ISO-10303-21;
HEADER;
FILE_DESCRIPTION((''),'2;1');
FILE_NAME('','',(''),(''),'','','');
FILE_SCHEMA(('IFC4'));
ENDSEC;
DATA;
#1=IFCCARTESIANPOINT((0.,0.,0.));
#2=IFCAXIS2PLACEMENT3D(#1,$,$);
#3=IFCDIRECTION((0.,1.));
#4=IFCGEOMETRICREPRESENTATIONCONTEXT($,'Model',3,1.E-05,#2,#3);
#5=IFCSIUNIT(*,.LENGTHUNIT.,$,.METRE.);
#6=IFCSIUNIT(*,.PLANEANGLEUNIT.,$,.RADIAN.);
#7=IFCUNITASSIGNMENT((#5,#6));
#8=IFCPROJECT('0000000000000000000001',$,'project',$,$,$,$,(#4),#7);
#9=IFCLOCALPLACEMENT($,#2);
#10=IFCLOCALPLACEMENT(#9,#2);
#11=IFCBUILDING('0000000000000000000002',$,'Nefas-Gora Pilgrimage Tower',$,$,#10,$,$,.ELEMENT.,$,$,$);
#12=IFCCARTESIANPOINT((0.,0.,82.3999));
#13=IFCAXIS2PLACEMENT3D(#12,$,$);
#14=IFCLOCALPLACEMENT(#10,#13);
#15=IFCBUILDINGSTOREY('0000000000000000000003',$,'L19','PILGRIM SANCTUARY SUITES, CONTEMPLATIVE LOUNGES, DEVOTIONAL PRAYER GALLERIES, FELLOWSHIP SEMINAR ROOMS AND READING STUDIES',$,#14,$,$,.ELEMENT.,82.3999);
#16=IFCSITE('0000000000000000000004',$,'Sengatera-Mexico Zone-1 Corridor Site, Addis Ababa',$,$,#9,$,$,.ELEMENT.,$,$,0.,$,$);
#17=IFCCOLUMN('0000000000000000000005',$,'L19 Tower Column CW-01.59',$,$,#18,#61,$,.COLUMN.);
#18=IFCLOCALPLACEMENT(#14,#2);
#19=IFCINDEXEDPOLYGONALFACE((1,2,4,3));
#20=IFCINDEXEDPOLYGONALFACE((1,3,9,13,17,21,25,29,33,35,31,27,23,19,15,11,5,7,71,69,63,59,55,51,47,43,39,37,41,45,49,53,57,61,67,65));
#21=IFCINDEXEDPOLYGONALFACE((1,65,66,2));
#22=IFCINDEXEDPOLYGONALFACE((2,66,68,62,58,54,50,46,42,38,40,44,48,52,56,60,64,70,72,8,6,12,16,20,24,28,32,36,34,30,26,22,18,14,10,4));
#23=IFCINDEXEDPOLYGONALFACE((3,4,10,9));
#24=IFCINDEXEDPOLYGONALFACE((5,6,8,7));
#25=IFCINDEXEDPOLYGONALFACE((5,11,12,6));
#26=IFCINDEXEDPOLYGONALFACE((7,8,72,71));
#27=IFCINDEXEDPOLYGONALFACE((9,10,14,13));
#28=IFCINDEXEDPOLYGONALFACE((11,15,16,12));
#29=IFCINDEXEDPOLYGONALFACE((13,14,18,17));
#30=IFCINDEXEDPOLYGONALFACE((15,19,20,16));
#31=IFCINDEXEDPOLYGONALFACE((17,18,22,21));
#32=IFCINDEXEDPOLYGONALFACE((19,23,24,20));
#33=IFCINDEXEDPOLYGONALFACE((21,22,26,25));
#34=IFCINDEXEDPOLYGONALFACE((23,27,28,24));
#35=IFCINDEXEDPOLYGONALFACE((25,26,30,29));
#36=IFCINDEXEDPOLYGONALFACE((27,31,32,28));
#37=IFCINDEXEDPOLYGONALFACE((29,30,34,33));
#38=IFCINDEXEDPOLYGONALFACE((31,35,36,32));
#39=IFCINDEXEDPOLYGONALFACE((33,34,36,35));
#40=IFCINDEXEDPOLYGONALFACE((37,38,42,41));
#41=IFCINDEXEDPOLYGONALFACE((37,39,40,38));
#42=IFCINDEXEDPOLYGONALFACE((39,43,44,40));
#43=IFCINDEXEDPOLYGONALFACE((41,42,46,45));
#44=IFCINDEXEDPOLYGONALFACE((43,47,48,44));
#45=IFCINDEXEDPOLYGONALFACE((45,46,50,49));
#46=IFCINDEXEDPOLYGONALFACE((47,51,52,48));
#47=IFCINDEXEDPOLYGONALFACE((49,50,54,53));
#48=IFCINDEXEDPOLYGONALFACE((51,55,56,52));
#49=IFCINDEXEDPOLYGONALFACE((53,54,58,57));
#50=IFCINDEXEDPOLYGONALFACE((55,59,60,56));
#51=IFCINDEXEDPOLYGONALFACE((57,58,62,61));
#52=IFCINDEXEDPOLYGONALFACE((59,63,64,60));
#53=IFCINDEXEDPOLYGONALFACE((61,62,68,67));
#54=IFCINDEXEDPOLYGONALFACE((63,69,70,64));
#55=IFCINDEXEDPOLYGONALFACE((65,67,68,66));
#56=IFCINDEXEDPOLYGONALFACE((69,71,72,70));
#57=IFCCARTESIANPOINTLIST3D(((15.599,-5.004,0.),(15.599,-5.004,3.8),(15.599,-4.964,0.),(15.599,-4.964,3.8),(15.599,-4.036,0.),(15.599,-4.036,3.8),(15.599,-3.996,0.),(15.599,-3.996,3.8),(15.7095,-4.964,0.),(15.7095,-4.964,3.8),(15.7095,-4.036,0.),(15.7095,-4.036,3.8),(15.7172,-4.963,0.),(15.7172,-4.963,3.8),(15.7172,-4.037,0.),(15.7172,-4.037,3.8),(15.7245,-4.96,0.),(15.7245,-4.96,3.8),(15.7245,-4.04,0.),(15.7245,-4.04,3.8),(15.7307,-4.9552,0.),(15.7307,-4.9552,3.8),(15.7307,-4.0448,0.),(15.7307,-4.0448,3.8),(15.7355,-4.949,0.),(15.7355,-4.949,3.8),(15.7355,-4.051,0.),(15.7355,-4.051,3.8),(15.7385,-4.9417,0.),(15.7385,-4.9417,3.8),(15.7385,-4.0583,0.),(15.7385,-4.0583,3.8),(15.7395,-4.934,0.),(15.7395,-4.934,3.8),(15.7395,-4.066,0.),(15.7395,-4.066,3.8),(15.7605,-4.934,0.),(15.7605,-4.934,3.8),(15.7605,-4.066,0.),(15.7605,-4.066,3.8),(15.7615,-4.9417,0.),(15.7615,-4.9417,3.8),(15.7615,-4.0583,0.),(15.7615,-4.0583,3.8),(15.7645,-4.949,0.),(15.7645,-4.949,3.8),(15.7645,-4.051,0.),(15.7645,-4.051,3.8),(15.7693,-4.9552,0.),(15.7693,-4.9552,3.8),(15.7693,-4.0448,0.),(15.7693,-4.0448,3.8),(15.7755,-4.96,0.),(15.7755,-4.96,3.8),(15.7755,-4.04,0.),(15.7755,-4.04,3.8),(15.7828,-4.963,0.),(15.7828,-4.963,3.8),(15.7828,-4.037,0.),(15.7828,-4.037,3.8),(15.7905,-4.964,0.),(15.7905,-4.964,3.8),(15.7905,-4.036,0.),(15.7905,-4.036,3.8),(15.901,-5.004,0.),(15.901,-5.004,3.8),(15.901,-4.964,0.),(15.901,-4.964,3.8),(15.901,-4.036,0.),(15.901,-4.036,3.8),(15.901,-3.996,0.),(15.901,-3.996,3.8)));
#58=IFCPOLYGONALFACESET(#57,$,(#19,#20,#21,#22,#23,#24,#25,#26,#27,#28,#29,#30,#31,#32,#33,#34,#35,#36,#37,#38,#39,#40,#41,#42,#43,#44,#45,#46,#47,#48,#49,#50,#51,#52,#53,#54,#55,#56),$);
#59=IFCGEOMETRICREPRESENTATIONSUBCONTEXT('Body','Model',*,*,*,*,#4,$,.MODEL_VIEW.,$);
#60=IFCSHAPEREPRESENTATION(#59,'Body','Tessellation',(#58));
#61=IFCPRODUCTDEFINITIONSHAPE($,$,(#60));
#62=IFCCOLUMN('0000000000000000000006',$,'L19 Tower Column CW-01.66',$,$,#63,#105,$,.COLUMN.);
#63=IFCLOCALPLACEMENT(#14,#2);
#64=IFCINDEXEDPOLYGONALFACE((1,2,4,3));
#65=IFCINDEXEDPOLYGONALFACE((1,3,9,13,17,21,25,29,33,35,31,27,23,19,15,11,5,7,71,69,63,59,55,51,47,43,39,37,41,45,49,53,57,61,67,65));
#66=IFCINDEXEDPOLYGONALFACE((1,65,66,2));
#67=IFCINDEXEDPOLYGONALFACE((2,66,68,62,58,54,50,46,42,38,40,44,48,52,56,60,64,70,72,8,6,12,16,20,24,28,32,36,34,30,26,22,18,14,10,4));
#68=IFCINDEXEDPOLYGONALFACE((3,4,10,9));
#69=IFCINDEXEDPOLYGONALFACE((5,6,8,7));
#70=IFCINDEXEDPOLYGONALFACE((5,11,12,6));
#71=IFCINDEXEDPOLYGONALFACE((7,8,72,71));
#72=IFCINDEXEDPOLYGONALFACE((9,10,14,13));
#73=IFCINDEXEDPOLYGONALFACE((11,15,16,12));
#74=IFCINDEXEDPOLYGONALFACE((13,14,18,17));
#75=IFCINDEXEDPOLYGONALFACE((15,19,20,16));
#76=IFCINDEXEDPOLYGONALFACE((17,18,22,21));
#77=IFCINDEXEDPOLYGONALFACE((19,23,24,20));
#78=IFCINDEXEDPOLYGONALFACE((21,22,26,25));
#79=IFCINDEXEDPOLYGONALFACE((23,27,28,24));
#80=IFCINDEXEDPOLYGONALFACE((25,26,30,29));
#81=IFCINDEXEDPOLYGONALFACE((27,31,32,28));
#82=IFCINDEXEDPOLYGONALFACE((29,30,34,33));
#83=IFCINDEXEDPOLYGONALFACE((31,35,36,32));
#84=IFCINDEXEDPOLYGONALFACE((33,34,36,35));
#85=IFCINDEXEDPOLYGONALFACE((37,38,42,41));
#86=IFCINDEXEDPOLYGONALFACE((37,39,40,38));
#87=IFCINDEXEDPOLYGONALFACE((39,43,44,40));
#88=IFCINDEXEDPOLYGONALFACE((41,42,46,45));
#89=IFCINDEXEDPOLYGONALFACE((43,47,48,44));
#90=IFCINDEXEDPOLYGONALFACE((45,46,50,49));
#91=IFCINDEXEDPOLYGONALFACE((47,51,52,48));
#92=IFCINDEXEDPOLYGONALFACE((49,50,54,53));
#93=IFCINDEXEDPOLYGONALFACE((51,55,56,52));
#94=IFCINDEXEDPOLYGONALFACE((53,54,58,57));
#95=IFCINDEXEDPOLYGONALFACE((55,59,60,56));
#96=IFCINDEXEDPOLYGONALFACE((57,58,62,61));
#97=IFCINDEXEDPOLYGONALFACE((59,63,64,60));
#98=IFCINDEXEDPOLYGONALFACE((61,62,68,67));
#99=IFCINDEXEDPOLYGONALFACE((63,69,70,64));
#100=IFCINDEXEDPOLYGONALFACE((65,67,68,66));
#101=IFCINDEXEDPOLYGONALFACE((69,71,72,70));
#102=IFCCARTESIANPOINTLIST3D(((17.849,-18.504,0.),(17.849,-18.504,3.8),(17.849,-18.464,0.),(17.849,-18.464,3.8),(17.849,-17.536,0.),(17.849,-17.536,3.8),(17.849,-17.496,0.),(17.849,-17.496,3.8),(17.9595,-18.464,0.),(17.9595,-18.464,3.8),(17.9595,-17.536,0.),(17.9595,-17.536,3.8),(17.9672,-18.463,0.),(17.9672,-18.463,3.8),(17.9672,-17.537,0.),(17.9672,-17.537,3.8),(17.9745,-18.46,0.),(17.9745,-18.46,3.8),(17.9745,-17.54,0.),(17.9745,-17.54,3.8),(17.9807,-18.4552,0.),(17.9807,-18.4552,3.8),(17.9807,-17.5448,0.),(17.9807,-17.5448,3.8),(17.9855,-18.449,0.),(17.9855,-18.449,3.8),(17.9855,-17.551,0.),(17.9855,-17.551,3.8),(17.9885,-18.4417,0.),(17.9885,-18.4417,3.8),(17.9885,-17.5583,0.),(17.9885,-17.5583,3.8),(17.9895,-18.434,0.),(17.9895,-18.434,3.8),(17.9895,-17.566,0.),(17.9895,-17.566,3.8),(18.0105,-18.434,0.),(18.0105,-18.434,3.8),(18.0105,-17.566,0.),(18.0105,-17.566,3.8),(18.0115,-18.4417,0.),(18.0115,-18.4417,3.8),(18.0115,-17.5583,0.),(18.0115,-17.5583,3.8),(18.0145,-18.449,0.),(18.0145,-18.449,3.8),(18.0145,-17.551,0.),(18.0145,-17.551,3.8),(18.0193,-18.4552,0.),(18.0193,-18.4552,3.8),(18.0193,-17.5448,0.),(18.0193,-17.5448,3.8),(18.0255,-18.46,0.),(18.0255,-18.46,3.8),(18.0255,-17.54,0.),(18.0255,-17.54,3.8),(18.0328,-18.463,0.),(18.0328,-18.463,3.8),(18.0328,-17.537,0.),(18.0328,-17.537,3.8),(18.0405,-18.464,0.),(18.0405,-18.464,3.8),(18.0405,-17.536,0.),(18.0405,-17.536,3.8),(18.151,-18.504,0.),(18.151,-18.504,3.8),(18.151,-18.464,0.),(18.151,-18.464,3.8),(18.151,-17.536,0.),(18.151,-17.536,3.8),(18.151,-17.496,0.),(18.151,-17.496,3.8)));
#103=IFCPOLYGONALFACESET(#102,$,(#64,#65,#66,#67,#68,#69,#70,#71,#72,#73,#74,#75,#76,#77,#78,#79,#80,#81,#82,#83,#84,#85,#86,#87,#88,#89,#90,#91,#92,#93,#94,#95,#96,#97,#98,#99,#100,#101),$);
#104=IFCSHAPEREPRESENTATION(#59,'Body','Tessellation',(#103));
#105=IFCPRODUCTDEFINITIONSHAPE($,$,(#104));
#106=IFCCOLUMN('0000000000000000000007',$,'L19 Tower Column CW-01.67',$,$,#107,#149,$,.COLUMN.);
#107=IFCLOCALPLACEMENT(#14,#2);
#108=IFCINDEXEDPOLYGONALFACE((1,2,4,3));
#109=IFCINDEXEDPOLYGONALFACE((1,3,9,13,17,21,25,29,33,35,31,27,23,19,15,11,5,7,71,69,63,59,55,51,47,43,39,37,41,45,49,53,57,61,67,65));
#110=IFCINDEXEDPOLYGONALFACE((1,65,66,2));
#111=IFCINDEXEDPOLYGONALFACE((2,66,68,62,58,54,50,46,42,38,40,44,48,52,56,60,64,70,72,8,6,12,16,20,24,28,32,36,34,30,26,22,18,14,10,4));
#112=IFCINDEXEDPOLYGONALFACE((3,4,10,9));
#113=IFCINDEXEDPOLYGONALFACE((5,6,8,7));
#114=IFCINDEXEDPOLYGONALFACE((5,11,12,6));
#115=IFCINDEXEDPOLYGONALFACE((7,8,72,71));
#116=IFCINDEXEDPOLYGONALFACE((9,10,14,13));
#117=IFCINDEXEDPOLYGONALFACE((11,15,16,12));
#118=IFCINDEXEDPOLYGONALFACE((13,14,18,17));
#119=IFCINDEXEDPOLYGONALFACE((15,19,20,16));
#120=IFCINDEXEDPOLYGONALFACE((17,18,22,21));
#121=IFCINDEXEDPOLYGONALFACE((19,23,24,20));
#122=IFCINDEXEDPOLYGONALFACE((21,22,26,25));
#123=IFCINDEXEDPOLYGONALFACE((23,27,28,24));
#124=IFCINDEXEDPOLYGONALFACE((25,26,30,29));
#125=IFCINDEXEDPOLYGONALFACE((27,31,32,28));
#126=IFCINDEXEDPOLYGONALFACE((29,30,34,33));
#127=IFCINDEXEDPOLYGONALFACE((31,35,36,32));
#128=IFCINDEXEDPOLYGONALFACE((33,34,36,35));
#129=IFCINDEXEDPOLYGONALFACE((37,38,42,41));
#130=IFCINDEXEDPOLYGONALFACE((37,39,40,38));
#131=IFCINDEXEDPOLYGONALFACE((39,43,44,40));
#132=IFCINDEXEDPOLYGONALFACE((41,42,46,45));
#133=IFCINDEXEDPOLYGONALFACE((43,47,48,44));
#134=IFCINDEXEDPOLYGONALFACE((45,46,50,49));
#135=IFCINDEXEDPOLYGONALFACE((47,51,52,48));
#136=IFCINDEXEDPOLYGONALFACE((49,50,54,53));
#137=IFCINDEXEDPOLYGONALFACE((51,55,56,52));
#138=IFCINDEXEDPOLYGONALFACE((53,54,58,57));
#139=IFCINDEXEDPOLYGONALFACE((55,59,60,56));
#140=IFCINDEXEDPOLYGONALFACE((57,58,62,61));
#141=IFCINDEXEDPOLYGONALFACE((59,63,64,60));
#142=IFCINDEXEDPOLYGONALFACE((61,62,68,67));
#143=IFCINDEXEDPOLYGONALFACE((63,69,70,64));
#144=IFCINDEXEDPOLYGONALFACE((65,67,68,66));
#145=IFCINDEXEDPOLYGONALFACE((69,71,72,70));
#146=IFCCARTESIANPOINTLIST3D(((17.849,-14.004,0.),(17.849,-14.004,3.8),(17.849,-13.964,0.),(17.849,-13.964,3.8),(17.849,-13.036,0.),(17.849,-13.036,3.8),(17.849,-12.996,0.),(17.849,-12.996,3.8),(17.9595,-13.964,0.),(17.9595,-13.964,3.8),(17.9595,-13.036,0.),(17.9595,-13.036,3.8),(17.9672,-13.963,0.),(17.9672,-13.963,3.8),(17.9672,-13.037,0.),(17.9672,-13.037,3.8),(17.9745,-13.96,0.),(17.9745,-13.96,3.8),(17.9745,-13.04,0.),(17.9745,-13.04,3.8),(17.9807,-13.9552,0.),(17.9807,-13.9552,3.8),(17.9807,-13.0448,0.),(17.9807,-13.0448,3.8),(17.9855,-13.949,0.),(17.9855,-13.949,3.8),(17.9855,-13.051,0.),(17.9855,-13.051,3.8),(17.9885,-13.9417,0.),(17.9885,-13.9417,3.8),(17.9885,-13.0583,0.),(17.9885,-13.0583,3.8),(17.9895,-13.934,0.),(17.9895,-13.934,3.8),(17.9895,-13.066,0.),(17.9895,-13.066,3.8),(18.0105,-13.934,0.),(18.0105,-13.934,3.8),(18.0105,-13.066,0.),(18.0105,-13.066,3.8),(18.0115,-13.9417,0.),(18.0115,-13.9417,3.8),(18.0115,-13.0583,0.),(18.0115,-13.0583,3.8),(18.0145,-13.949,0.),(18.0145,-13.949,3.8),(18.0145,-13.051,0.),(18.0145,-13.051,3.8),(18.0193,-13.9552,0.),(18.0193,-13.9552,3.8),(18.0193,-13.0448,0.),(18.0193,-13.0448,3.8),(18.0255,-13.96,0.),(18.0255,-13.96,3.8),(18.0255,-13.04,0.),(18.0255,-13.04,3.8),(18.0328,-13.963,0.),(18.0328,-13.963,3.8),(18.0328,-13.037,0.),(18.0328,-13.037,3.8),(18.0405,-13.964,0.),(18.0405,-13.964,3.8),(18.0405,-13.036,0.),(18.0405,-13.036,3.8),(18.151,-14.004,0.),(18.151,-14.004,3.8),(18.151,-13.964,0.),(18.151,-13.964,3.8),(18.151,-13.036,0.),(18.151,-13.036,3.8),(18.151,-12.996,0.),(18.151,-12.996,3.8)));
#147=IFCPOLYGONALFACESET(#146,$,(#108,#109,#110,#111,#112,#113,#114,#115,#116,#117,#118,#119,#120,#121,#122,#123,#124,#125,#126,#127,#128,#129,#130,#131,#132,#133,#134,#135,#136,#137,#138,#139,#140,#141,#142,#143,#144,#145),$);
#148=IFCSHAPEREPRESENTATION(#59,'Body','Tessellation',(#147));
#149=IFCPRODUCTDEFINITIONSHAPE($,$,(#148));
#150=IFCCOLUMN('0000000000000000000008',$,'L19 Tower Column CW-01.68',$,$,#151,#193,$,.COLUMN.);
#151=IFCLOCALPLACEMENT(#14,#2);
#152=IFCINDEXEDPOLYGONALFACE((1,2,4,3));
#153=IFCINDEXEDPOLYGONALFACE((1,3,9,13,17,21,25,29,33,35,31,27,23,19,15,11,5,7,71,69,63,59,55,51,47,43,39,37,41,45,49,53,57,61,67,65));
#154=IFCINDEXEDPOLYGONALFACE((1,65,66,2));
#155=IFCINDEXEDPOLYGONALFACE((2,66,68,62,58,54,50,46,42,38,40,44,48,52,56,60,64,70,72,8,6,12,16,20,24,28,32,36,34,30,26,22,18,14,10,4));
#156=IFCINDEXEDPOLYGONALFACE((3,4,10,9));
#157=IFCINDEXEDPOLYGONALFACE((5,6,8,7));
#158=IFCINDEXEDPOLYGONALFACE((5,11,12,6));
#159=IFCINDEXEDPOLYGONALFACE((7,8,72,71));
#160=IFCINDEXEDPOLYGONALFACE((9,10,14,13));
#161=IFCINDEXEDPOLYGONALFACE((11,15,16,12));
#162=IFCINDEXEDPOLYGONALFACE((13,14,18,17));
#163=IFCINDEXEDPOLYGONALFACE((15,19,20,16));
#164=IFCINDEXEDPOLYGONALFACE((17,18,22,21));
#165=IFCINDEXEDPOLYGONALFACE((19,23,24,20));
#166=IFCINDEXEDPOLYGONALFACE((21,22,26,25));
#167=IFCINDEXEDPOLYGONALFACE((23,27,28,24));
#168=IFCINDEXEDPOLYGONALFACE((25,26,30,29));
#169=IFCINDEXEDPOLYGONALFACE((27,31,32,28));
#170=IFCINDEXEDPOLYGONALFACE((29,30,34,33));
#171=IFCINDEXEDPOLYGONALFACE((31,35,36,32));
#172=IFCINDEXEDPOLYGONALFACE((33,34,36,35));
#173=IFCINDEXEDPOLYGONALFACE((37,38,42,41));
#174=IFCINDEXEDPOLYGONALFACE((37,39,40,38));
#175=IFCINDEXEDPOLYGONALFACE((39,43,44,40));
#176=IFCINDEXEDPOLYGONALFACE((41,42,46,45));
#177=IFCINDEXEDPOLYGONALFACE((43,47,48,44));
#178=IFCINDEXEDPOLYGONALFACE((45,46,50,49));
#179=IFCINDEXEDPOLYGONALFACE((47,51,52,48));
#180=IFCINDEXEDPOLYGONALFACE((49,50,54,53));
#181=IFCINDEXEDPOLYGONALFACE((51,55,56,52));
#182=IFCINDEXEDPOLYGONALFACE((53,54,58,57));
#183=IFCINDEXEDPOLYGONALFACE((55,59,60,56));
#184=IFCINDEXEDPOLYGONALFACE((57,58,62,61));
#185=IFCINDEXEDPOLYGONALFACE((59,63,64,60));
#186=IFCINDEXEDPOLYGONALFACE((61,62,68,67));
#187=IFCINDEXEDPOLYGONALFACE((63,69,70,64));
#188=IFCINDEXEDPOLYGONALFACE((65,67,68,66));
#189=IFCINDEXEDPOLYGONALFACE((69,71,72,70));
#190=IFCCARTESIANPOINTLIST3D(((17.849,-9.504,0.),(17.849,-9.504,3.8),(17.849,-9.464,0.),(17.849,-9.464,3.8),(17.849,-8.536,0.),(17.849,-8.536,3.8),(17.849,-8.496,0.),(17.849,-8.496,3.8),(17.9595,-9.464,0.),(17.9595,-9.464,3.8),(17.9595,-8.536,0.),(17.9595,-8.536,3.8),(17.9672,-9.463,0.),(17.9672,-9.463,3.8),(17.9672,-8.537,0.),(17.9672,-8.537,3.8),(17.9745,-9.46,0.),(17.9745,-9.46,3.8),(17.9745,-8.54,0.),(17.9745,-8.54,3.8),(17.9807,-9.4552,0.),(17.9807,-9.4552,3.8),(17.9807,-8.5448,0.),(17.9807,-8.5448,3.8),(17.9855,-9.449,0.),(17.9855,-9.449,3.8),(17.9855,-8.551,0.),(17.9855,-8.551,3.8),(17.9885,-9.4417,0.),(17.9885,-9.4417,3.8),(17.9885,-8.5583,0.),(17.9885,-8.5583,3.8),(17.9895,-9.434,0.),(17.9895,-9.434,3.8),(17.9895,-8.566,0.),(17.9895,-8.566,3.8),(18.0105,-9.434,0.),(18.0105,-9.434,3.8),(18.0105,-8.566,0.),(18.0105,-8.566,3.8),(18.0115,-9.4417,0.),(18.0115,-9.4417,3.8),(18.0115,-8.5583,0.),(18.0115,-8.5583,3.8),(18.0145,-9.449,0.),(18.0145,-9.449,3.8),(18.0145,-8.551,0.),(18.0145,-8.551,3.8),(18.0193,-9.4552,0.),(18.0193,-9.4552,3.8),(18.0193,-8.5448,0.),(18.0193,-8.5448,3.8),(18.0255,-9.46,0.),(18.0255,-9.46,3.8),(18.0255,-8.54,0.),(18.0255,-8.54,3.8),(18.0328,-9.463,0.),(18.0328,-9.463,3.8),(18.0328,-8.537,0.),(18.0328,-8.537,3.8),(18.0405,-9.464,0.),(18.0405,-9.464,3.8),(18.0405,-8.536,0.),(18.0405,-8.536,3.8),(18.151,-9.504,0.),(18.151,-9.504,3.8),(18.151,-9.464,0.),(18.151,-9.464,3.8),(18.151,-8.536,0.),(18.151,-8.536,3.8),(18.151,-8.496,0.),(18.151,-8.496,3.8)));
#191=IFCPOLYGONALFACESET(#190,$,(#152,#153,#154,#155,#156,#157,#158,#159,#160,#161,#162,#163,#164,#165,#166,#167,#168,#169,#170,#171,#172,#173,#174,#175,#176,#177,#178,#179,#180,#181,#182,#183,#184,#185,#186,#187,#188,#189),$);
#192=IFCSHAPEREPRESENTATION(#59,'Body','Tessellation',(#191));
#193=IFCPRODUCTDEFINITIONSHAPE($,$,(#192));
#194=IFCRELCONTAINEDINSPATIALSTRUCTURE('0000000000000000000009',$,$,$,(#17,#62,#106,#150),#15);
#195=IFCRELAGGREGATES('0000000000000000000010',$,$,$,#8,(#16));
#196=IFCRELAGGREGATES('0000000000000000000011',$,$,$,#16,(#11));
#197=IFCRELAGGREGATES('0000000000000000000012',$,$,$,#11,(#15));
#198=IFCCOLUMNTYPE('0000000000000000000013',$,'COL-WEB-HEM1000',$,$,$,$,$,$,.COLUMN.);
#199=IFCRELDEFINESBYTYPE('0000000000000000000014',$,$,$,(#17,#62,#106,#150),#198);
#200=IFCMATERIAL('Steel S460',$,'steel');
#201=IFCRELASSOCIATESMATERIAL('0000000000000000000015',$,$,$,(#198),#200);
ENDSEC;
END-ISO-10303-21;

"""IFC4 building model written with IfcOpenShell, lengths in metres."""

from ifc_helpers import new_model, si_unit, direction, frame, origin, origin_2d, place, context, subcontext, project, spatial, i_section, extrude, source, transform, mapped, material, material_profile, profile_set, type_object, element, save


model = new_model("IFC4")

# Units and contexts
model_context = context("Model", 3, precision=1e-05, world=origin(), true_north=direction((0.0, 1.0)))
body_context = subcontext(model_context, "Body", "Model", "MODEL_VIEW")
ifc_project = project(units=[si_unit("LENGTHUNIT", "METRE"), si_unit("PLANEANGLEUNIT", "RADIAN")], contexts=[model_context])

# Site, building, storey
site_placement = place(None, origin())
site = spatial("IfcSite", under=ifc_project, at=site_placement, Name="Sengatera-Mexico Zone-1 Corridor Site, Addis Ababa", CompositionType="ELEMENT", RefElevation=0.0)
building_placement = place(site_placement, origin())
building = spatial("IfcBuilding", under=site, at=building_placement, Name="Nefas-Gora Pilgrimage Tower", CompositionType="ELEMENT")
storey_placement = place(building_placement, frame((0.0, 0.0, 82.3999)))
storey = spatial("IfcBuildingStorey", under=building, at=storey_placement, Name="L19", Description="PILGRIM SANCTUARY SUITES, CONTEMPLATIVE LOUNGES, DEVOTIONAL PRAYER GALLERIES, FELLOWSHIP SEMINAR ROOMS AND READING STUDIES", CompositionType="ELEMENT", Elevation=82.3999)

# Columns
ifc_material_1 = material(Name="Steel S460", Category="steel")
ifc_material_profile_1 = material_profile(ifc_material_1, i_section(OverallWidth=0.302, OverallDepth=1.0081, WebThickness=0.021, FlangeThickness=0.04, FilletRadius=0.03, at=origin_2d()), Name="HEM 1000")
ifc_profile_set_1 = profile_set([ifc_material_profile_1], Name="Steel S460")
column_type_1 = type_object("IfcColumnType", Name="COL-WEB-HEM1000", PredefinedType="COLUMN", material=ifc_profile_set_1)
shared_shape_1 = source(origin(), body_context, "Body", "SweptSolid", [
    extrude(i_section(OverallWidth=0.302, OverallDepth=1.0081, WebThickness=0.021, FlangeThickness=0.04, FilletRadius=0.03, at=origin_2d()), origin(), (0.0, 0.0, 1.0), 3.8),
])
for number, where, z_axis, x_axis, name in (
    (1, (15.75, -4.5, 0.0), (0.0, 0.0, 1.0), (1.0, 0.0, 0.0), "L19 Tower Column CW-01.59"),
    (2, (18.0, -18.0, 0.0), (0.0, 0.0, 1.0), (1.0, 0.0, 0.0), "L19 Tower Column CW-01.66"),
    (3, (18.0, -13.5, 0.0), (0.0, 0.0, 1.0), (1.0, 0.0, 0.0), "L19 Tower Column CW-01.67"),
    (4, (18.0, -9.0, 0.0), (0.0, 0.0, 1.0), (1.0, 0.0, 0.0), "L19 Tower Column CW-01.68"),
):
    element("IfcColumn", number, at=place(storey_placement, frame(where, z_axis=z_axis, x_axis=x_axis)), inside=storey, type_object=column_type_1, Name=name, PredefinedType="COLUMN", context=body_context, shape_type="MappedRepresentation", body=[
        mapped(shared_shape_1, transform((0.0, 0.0, 0.0), x_axis=(1.0, 0.0, 0.0), y_axis=(0.0, 1.0, 0.0), z_axis=(0.0, 0.0, 1.0), scale=1.0)),
    ])

save(model, "model.ifc")
